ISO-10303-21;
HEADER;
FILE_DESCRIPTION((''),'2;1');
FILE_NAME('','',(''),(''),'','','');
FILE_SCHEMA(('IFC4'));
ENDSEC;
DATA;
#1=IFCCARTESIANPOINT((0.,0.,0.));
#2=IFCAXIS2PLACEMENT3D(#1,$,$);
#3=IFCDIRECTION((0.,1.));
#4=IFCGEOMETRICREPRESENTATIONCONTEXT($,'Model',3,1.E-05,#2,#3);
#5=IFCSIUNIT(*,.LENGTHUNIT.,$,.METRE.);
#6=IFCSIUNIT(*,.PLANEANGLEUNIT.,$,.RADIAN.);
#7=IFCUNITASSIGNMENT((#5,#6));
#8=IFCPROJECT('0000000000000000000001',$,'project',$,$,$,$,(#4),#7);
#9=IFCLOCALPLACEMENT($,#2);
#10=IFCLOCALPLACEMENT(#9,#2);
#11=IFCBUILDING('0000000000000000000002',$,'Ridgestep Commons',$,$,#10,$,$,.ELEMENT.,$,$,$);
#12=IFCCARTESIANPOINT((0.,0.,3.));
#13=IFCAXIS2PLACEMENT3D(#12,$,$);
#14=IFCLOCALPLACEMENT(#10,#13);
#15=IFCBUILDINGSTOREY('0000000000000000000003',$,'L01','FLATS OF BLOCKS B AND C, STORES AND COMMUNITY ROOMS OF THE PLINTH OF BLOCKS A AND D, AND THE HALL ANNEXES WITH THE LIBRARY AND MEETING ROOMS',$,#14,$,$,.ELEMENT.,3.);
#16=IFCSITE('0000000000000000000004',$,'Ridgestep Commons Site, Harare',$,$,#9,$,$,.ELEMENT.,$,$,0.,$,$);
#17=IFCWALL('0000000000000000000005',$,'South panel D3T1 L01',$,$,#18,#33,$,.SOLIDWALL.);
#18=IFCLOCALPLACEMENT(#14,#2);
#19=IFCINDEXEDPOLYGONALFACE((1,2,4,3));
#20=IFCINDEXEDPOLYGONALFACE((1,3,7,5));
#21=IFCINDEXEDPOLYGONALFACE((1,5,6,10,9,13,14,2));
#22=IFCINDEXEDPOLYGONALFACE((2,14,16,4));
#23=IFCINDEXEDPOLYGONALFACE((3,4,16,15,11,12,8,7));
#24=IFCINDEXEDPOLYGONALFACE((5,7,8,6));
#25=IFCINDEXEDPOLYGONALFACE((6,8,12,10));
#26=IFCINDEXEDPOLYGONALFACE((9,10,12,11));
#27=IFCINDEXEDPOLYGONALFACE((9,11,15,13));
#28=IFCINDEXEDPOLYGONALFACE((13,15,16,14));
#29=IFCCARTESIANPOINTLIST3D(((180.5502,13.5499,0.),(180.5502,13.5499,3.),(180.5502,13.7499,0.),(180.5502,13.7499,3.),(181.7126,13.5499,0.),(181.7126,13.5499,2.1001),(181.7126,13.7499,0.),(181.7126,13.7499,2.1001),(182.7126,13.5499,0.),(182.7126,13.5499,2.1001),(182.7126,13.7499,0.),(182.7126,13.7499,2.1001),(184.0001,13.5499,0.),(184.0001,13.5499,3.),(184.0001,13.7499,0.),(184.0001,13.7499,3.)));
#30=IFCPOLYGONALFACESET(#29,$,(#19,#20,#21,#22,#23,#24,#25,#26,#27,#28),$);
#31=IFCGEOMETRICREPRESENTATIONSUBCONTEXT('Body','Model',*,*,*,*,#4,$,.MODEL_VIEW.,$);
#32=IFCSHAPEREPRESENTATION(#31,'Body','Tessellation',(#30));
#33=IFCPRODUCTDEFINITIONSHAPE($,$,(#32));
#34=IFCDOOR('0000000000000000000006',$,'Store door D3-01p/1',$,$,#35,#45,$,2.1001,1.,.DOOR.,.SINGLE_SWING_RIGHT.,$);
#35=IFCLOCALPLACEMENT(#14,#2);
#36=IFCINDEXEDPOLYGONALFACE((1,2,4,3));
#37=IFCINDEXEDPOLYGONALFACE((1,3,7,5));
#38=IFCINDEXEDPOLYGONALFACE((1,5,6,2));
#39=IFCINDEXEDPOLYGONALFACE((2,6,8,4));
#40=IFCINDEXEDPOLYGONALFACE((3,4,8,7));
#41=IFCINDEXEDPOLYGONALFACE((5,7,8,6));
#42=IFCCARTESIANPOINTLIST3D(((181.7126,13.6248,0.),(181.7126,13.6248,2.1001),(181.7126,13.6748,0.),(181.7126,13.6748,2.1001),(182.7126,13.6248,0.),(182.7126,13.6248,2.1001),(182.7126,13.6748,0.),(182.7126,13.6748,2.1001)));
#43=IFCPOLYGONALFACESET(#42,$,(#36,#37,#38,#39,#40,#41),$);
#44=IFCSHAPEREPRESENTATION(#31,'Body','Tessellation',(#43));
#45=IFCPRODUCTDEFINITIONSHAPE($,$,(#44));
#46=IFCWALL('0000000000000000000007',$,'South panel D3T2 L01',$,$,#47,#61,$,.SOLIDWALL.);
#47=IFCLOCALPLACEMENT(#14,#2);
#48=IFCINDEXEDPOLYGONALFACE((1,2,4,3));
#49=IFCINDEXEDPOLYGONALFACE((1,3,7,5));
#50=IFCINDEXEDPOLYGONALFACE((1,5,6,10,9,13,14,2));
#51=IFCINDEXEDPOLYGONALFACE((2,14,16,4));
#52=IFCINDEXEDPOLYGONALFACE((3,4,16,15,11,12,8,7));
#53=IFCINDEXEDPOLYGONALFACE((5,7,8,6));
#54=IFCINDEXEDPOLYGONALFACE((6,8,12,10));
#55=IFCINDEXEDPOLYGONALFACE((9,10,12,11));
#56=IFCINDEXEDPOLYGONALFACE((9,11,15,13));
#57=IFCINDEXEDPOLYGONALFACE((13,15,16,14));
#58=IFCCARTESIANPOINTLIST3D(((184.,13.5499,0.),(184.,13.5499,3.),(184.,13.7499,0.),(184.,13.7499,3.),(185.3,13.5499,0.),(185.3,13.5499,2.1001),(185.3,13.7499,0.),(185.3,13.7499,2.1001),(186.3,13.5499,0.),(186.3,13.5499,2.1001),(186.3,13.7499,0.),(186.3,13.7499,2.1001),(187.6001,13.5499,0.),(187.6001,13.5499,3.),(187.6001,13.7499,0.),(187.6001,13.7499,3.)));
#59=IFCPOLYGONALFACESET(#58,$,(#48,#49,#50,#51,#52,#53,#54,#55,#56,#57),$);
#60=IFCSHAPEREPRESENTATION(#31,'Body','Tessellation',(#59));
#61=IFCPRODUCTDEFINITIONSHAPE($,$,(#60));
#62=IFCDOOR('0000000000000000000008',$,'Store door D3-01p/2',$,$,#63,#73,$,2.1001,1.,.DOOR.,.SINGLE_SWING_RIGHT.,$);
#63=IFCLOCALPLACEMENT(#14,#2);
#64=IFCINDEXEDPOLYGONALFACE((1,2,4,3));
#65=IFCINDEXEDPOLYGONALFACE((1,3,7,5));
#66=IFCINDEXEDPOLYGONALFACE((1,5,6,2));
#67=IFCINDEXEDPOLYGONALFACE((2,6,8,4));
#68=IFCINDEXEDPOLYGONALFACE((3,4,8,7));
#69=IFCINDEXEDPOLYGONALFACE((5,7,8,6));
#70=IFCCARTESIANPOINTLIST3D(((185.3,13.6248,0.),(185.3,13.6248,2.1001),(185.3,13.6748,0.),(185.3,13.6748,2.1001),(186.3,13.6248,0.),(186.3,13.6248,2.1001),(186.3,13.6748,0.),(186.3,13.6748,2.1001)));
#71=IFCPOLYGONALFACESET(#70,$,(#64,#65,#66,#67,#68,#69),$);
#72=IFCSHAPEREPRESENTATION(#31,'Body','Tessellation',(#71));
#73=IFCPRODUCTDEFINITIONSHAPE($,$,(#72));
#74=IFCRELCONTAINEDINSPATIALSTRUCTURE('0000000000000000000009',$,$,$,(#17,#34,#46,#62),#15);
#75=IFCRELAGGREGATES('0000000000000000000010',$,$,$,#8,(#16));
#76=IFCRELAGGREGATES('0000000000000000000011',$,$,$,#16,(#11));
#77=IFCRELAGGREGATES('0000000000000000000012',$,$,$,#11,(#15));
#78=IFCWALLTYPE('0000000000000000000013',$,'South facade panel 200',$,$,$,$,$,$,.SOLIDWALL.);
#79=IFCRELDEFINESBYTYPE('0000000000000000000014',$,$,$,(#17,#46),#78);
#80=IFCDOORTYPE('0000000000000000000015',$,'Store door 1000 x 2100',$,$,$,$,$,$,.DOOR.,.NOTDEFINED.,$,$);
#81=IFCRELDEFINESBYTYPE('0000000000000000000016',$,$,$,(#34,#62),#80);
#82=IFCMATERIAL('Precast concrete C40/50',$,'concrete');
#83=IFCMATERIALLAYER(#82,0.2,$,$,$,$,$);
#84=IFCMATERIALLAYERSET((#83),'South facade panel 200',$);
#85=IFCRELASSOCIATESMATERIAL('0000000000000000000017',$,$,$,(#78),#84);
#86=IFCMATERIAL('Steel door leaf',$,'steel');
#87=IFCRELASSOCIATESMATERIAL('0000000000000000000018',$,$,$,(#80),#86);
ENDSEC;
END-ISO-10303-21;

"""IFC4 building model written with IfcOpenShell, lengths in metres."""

from ifc_helpers import new_model, si_unit, direction, frame, frame_2d, origin, place, context, subcontext, project, spatial, rectangle, extrude, material, layer, layer_set, type_object, element, fill, save


model = new_model("IFC4")

# Units and contexts
model_context = context("Model", 3, precision=1e-05, world=origin(), true_north=direction((0.0, 1.0)))
body_context = subcontext(model_context, "Body", "Model", "MODEL_VIEW")
ifc_project = project(units=[si_unit("LENGTHUNIT", "METRE"), si_unit("PLANEANGLEUNIT", "RADIAN")], contexts=[model_context])

# Site, building, storey
site_placement = place(None, origin())
site = spatial("IfcSite", under=ifc_project, at=site_placement, Name="Ridgestep Commons Site, Harare", CompositionType="ELEMENT", RefElevation=0.0)
building_placement = place(site_placement, origin())
building = spatial("IfcBuilding", under=site, at=building_placement, Name="Ridgestep Commons", CompositionType="ELEMENT")
storey_placement = place(building_placement, frame((0.0, 0.0, 3.0)))
storey = spatial("IfcBuildingStorey", under=building, at=storey_placement, Name="L01", Description="FLATS OF BLOCKS B AND C, STORES AND COMMUNITY ROOMS OF THE PLINTH OF BLOCKS A AND D, AND THE HALL ANNEXES WITH THE LIBRARY AND MEETING ROOMS", CompositionType="ELEMENT", Elevation=3.0)

# Walls, openings, doors
ifc_material_1 = material(Name="Precast concrete C40/50", Category="concrete")
ifc_layer_1 = layer(ifc_material_1, 0.2)
ifc_layer_set_1 = layer_set([ifc_layer_1], Name="South facade panel 200")
wall_type_1 = type_object("IfcWallType", Name="South facade panel 200", PredefinedType="SOLIDWALL", material=ifc_layer_set_1)
ifc_material_2 = material(Name="Steel door leaf", Category="steel")
door_type_1 = type_object("IfcDoorType", Name="Store door 1000 x 2100", OperationType="NOTDEFINED", PredefinedType="DOOR", material=ifc_material_2)
wall_1_placement = place(storey_placement, frame((180.55, 13.6499, 0.0), z_axis=(0.0, 0.0, 1.0), x_axis=(1.0, 0.0, 0.0)))
wall_1 = element("IfcWall", 1, at=wall_1_placement, inside=storey, type_object=wall_type_1, Name="South panel D3T1 L01", PredefinedType="SOLIDWALL", context=body_context, shape_type="SweptSolid", body=[
    extrude(rectangle(XDim=3.45, YDim=0.2, at=frame_2d((1.7251, 0.0))), origin(), (0.0, 0.0, 1.0), 3.0),
])
opening_1_placement = place(wall_1_placement, frame((1.1626, 0.0, 0.0)))
opening_1 = element("IfcOpeningElement", 2, at=opening_1_placement, cuts=wall_1, PredefinedType="OPENING", context=body_context, shape_type="SweptSolid", body=[
    extrude(rectangle(XDim=1.0, YDim=2.1001, at=frame_2d((0.5, 1.05))), frame((0.0, 0.1099, 0.0), z_axis=(0.0, -1.0, 0.0), x_axis=(1.0, 0.0, 0.0)), (0.0, 0.0, 1.0), 0.22),
])
door_1_placement = place(opening_1_placement, origin())
door_1 = element("IfcDoor", 3, at=door_1_placement, inside=storey, type_object=door_type_1, Name="Store door D3-01p/1", OperationType="SINGLE_SWING_RIGHT", OverallHeight=2.1001, OverallWidth=1.0, PredefinedType="DOOR", context=body_context, shape_type="SweptSolid", body=[
    extrude(rectangle(XDim=1.0, YDim=2.1001, at=frame_2d((0.5, 1.05))), frame((0.0, 0.0249, 0.0), z_axis=(0.0, -1.0, 0.0), x_axis=(1.0, 0.0, 0.0)), (0.0, 0.0, 1.0), 0.05),
])
fill(opening_1, door_1)
wall_2_placement = place(storey_placement, frame((184.0, 13.6499, 0.0), z_axis=(0.0, 0.0, 1.0), x_axis=(1.0, 0.0, 0.0)))
wall_2 = element("IfcWall", 4, at=wall_2_placement, inside=storey, type_object=wall_type_1, Name="South panel D3T2 L01", PredefinedType="SOLIDWALL", context=body_context, shape_type="SweptSolid", body=[
    extrude(rectangle(XDim=3.6001, YDim=0.2, at=frame_2d((1.8, 0.0))), origin(), (0.0, 0.0, 1.0), 3.0),
])
opening_2_placement = place(wall_2_placement, frame((1.3, 0.0, 0.0)))
opening_2 = element("IfcOpeningElement", 5, at=opening_2_placement, cuts=wall_2, PredefinedType="OPENING", context=body_context, shape_type="SweptSolid", body=[
    extrude(rectangle(XDim=1.0, YDim=2.1001, at=frame_2d((0.5, 1.05))), frame((0.0, 0.1099, 0.0), z_axis=(0.0, -1.0, 0.0), x_axis=(1.0, 0.0, 0.0)), (0.0, 0.0, 1.0), 0.22),
])
door_2_placement = place(opening_2_placement, origin())
door_2 = element("IfcDoor", 6, at=door_2_placement, inside=storey, type_object=door_type_1, Name="Store door D3-01p/2", OperationType="SINGLE_SWING_RIGHT", OverallHeight=2.1001, OverallWidth=1.0, PredefinedType="DOOR", context=body_context, shape_type="SweptSolid", body=[
    extrude(rectangle(XDim=1.0, YDim=2.1001, at=frame_2d((0.5, 1.05))), frame((0.0, 0.0249, 0.0), z_axis=(0.0, -1.0, 0.0), x_axis=(1.0, 0.0, 0.0)), (0.0, 0.0, 1.0), 0.05),
])
fill(opening_2, door_2)

save(model, "model.ifc")
